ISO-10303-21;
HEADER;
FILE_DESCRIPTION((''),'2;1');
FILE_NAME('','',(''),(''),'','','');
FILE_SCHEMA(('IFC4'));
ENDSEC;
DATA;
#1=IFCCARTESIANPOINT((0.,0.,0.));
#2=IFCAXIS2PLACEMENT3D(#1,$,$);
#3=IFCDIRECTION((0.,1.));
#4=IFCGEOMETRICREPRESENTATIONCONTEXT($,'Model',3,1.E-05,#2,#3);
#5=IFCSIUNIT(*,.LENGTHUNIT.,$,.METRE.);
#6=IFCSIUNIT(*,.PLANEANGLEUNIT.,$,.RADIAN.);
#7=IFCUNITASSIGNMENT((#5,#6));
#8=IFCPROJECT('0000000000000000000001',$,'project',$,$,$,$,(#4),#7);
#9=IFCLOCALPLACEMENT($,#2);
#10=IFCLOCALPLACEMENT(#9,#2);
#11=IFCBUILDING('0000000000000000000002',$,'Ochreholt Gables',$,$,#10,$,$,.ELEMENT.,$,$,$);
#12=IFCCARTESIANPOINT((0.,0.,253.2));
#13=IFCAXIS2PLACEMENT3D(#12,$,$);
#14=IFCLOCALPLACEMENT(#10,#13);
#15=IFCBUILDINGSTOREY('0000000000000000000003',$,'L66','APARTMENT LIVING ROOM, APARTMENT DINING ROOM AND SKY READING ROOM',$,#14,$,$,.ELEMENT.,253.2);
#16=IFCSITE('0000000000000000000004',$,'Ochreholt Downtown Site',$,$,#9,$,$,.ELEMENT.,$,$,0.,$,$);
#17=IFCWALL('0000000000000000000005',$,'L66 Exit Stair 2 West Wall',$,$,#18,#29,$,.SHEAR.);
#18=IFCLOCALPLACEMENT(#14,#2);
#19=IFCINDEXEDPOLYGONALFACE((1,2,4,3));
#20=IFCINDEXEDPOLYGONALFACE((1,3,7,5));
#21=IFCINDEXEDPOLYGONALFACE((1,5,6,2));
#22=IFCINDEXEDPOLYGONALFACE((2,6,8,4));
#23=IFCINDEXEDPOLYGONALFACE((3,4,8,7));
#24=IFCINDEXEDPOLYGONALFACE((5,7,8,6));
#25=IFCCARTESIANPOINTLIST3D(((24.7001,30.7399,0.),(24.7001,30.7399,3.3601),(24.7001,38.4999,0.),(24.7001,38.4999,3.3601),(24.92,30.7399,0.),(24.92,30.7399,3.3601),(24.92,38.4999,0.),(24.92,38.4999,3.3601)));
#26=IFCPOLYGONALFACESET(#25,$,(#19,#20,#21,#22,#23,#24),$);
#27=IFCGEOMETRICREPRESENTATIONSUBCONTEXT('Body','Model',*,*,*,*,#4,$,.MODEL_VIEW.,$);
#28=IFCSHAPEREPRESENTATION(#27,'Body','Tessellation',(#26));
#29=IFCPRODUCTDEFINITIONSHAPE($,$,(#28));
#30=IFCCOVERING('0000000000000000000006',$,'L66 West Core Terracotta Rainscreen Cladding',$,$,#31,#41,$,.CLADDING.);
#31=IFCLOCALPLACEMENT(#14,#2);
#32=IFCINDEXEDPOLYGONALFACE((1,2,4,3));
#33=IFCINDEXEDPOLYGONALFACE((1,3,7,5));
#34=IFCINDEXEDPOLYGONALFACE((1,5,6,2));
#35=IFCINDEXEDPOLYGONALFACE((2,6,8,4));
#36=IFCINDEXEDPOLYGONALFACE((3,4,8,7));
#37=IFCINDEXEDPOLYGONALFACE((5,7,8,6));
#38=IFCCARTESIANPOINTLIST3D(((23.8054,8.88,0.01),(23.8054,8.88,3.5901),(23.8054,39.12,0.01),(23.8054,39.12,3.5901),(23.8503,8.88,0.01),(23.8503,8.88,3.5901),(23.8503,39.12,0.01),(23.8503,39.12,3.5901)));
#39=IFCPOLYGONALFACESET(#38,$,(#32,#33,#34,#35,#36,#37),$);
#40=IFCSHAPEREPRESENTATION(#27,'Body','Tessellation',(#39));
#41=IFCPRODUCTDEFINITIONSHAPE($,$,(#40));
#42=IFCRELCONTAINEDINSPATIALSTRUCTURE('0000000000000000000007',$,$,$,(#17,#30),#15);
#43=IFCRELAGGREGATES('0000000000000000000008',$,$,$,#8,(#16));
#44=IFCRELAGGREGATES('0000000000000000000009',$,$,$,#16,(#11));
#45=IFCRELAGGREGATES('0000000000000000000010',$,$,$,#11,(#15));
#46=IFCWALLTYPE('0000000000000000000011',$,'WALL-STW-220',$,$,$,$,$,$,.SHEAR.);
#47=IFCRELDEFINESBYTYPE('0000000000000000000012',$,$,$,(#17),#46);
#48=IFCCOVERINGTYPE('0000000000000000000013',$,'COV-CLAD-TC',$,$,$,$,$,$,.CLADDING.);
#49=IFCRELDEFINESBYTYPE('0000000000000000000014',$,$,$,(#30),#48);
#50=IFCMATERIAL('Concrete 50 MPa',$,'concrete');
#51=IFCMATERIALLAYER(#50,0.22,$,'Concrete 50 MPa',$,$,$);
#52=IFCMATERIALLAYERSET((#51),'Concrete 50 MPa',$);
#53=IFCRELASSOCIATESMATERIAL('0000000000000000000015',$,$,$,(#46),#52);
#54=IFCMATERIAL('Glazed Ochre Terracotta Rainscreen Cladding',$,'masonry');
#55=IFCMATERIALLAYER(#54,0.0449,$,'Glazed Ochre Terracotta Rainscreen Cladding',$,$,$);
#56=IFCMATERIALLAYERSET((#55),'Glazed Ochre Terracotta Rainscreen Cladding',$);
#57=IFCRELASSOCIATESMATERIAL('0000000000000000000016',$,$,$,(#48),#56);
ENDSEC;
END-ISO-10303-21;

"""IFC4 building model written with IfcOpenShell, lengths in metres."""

from ifc_helpers import new_model, si_unit, direction, frame, frame_2d, origin, origin_2d, place, context, subcontext, project, spatial, rectangle, extrude, material, layer, layer_set, type_object, element, save


model = new_model("IFC4")

# Units and contexts
model_context = context("Model", 3, precision=1e-05, world=origin(), true_north=direction((0.0, 1.0)))
body_context = subcontext(model_context, "Body", "Model", "MODEL_VIEW")
ifc_project = project(units=[si_unit("LENGTHUNIT", "METRE"), si_unit("PLANEANGLEUNIT", "RADIAN")], contexts=[model_context])

# Site, building, storey
site_placement = place(None, origin())
site = spatial("IfcSite", under=ifc_project, at=site_placement, Name="Ochreholt Downtown Site", CompositionType="ELEMENT", RefElevation=0.0)
building_placement = place(site_placement, origin())
building = spatial("IfcBuilding", under=site, at=building_placement, Name="Ochreholt Gables", CompositionType="ELEMENT")
storey_placement = place(building_placement, frame((0.0, 0.0, 253.2)))
storey = spatial("IfcBuildingStorey", under=building, at=storey_placement, Name="L66", Description="APARTMENT LIVING ROOM, APARTMENT DINING ROOM AND SKY READING ROOM", CompositionType="ELEMENT", Elevation=253.2)

# Shared definitions
ifc_material_1 = material(Name="Concrete 50 MPa", Category="concrete")

# Wall
ifc_layer_1 = layer(ifc_material_1, 0.22, Name="Concrete 50 MPa")
ifc_layer_set_1 = layer_set([ifc_layer_1], Name="Concrete 50 MPa")
wall_type_1 = type_object("IfcWallType", Name="WALL-STW-220", PredefinedType="SHEAR", material=ifc_layer_set_1)
wall_1_placement = place(storey_placement, frame((24.8101, 30.74, 0.0), z_axis=(0.0, 0.0, 1.0), x_axis=(0.0, 1.0, 0.0)))
element("IfcWall", 1, at=wall_1_placement, inside=storey, type_object=wall_type_1, Name="L66 Exit Stair 2 West Wall", PredefinedType="SHEAR", context=body_context, shape_type="SweptSolid", body=[
    extrude(rectangle(XDim=7.76, YDim=0.22, at=frame_2d((3.8799, 0.0))), origin(), (0.0, 0.0, 1.0), 3.3601),
])

# Covering
ifc_material_2 = material(Name="Glazed Ochre Terracotta Rainscreen Cladding", Category="masonry")
ifc_layer_2 = layer(ifc_material_2, 0.0449, Name="Glazed Ochre Terracotta Rainscreen Cladding")
ifc_layer_set_2 = layer_set([ifc_layer_2], Name="Glazed Ochre Terracotta Rainscreen Cladding")
covering_type = type_object("IfcCoveringType", Name="COV-CLAD-TC", PredefinedType="CLADDING", material=ifc_layer_set_2)
covering_placement = place(storey_placement, frame((23.8279, 24.0, 0.01), z_axis=(0.0, 0.0, 1.0), x_axis=(0.0, 1.0, 0.0)))
element("IfcCovering", 2, at=covering_placement, inside=storey, type_object=covering_type, Name="L66 West Core Terracotta Rainscreen Cladding", PredefinedType="CLADDING", context=body_context, shape_type="SweptSolid", body=[
    extrude(rectangle(XDim=30.24, YDim=0.0449, at=origin_2d()), origin(), (0.0, 0.0, 1.0), 3.5801),
])

save(model, "model.ifc")
